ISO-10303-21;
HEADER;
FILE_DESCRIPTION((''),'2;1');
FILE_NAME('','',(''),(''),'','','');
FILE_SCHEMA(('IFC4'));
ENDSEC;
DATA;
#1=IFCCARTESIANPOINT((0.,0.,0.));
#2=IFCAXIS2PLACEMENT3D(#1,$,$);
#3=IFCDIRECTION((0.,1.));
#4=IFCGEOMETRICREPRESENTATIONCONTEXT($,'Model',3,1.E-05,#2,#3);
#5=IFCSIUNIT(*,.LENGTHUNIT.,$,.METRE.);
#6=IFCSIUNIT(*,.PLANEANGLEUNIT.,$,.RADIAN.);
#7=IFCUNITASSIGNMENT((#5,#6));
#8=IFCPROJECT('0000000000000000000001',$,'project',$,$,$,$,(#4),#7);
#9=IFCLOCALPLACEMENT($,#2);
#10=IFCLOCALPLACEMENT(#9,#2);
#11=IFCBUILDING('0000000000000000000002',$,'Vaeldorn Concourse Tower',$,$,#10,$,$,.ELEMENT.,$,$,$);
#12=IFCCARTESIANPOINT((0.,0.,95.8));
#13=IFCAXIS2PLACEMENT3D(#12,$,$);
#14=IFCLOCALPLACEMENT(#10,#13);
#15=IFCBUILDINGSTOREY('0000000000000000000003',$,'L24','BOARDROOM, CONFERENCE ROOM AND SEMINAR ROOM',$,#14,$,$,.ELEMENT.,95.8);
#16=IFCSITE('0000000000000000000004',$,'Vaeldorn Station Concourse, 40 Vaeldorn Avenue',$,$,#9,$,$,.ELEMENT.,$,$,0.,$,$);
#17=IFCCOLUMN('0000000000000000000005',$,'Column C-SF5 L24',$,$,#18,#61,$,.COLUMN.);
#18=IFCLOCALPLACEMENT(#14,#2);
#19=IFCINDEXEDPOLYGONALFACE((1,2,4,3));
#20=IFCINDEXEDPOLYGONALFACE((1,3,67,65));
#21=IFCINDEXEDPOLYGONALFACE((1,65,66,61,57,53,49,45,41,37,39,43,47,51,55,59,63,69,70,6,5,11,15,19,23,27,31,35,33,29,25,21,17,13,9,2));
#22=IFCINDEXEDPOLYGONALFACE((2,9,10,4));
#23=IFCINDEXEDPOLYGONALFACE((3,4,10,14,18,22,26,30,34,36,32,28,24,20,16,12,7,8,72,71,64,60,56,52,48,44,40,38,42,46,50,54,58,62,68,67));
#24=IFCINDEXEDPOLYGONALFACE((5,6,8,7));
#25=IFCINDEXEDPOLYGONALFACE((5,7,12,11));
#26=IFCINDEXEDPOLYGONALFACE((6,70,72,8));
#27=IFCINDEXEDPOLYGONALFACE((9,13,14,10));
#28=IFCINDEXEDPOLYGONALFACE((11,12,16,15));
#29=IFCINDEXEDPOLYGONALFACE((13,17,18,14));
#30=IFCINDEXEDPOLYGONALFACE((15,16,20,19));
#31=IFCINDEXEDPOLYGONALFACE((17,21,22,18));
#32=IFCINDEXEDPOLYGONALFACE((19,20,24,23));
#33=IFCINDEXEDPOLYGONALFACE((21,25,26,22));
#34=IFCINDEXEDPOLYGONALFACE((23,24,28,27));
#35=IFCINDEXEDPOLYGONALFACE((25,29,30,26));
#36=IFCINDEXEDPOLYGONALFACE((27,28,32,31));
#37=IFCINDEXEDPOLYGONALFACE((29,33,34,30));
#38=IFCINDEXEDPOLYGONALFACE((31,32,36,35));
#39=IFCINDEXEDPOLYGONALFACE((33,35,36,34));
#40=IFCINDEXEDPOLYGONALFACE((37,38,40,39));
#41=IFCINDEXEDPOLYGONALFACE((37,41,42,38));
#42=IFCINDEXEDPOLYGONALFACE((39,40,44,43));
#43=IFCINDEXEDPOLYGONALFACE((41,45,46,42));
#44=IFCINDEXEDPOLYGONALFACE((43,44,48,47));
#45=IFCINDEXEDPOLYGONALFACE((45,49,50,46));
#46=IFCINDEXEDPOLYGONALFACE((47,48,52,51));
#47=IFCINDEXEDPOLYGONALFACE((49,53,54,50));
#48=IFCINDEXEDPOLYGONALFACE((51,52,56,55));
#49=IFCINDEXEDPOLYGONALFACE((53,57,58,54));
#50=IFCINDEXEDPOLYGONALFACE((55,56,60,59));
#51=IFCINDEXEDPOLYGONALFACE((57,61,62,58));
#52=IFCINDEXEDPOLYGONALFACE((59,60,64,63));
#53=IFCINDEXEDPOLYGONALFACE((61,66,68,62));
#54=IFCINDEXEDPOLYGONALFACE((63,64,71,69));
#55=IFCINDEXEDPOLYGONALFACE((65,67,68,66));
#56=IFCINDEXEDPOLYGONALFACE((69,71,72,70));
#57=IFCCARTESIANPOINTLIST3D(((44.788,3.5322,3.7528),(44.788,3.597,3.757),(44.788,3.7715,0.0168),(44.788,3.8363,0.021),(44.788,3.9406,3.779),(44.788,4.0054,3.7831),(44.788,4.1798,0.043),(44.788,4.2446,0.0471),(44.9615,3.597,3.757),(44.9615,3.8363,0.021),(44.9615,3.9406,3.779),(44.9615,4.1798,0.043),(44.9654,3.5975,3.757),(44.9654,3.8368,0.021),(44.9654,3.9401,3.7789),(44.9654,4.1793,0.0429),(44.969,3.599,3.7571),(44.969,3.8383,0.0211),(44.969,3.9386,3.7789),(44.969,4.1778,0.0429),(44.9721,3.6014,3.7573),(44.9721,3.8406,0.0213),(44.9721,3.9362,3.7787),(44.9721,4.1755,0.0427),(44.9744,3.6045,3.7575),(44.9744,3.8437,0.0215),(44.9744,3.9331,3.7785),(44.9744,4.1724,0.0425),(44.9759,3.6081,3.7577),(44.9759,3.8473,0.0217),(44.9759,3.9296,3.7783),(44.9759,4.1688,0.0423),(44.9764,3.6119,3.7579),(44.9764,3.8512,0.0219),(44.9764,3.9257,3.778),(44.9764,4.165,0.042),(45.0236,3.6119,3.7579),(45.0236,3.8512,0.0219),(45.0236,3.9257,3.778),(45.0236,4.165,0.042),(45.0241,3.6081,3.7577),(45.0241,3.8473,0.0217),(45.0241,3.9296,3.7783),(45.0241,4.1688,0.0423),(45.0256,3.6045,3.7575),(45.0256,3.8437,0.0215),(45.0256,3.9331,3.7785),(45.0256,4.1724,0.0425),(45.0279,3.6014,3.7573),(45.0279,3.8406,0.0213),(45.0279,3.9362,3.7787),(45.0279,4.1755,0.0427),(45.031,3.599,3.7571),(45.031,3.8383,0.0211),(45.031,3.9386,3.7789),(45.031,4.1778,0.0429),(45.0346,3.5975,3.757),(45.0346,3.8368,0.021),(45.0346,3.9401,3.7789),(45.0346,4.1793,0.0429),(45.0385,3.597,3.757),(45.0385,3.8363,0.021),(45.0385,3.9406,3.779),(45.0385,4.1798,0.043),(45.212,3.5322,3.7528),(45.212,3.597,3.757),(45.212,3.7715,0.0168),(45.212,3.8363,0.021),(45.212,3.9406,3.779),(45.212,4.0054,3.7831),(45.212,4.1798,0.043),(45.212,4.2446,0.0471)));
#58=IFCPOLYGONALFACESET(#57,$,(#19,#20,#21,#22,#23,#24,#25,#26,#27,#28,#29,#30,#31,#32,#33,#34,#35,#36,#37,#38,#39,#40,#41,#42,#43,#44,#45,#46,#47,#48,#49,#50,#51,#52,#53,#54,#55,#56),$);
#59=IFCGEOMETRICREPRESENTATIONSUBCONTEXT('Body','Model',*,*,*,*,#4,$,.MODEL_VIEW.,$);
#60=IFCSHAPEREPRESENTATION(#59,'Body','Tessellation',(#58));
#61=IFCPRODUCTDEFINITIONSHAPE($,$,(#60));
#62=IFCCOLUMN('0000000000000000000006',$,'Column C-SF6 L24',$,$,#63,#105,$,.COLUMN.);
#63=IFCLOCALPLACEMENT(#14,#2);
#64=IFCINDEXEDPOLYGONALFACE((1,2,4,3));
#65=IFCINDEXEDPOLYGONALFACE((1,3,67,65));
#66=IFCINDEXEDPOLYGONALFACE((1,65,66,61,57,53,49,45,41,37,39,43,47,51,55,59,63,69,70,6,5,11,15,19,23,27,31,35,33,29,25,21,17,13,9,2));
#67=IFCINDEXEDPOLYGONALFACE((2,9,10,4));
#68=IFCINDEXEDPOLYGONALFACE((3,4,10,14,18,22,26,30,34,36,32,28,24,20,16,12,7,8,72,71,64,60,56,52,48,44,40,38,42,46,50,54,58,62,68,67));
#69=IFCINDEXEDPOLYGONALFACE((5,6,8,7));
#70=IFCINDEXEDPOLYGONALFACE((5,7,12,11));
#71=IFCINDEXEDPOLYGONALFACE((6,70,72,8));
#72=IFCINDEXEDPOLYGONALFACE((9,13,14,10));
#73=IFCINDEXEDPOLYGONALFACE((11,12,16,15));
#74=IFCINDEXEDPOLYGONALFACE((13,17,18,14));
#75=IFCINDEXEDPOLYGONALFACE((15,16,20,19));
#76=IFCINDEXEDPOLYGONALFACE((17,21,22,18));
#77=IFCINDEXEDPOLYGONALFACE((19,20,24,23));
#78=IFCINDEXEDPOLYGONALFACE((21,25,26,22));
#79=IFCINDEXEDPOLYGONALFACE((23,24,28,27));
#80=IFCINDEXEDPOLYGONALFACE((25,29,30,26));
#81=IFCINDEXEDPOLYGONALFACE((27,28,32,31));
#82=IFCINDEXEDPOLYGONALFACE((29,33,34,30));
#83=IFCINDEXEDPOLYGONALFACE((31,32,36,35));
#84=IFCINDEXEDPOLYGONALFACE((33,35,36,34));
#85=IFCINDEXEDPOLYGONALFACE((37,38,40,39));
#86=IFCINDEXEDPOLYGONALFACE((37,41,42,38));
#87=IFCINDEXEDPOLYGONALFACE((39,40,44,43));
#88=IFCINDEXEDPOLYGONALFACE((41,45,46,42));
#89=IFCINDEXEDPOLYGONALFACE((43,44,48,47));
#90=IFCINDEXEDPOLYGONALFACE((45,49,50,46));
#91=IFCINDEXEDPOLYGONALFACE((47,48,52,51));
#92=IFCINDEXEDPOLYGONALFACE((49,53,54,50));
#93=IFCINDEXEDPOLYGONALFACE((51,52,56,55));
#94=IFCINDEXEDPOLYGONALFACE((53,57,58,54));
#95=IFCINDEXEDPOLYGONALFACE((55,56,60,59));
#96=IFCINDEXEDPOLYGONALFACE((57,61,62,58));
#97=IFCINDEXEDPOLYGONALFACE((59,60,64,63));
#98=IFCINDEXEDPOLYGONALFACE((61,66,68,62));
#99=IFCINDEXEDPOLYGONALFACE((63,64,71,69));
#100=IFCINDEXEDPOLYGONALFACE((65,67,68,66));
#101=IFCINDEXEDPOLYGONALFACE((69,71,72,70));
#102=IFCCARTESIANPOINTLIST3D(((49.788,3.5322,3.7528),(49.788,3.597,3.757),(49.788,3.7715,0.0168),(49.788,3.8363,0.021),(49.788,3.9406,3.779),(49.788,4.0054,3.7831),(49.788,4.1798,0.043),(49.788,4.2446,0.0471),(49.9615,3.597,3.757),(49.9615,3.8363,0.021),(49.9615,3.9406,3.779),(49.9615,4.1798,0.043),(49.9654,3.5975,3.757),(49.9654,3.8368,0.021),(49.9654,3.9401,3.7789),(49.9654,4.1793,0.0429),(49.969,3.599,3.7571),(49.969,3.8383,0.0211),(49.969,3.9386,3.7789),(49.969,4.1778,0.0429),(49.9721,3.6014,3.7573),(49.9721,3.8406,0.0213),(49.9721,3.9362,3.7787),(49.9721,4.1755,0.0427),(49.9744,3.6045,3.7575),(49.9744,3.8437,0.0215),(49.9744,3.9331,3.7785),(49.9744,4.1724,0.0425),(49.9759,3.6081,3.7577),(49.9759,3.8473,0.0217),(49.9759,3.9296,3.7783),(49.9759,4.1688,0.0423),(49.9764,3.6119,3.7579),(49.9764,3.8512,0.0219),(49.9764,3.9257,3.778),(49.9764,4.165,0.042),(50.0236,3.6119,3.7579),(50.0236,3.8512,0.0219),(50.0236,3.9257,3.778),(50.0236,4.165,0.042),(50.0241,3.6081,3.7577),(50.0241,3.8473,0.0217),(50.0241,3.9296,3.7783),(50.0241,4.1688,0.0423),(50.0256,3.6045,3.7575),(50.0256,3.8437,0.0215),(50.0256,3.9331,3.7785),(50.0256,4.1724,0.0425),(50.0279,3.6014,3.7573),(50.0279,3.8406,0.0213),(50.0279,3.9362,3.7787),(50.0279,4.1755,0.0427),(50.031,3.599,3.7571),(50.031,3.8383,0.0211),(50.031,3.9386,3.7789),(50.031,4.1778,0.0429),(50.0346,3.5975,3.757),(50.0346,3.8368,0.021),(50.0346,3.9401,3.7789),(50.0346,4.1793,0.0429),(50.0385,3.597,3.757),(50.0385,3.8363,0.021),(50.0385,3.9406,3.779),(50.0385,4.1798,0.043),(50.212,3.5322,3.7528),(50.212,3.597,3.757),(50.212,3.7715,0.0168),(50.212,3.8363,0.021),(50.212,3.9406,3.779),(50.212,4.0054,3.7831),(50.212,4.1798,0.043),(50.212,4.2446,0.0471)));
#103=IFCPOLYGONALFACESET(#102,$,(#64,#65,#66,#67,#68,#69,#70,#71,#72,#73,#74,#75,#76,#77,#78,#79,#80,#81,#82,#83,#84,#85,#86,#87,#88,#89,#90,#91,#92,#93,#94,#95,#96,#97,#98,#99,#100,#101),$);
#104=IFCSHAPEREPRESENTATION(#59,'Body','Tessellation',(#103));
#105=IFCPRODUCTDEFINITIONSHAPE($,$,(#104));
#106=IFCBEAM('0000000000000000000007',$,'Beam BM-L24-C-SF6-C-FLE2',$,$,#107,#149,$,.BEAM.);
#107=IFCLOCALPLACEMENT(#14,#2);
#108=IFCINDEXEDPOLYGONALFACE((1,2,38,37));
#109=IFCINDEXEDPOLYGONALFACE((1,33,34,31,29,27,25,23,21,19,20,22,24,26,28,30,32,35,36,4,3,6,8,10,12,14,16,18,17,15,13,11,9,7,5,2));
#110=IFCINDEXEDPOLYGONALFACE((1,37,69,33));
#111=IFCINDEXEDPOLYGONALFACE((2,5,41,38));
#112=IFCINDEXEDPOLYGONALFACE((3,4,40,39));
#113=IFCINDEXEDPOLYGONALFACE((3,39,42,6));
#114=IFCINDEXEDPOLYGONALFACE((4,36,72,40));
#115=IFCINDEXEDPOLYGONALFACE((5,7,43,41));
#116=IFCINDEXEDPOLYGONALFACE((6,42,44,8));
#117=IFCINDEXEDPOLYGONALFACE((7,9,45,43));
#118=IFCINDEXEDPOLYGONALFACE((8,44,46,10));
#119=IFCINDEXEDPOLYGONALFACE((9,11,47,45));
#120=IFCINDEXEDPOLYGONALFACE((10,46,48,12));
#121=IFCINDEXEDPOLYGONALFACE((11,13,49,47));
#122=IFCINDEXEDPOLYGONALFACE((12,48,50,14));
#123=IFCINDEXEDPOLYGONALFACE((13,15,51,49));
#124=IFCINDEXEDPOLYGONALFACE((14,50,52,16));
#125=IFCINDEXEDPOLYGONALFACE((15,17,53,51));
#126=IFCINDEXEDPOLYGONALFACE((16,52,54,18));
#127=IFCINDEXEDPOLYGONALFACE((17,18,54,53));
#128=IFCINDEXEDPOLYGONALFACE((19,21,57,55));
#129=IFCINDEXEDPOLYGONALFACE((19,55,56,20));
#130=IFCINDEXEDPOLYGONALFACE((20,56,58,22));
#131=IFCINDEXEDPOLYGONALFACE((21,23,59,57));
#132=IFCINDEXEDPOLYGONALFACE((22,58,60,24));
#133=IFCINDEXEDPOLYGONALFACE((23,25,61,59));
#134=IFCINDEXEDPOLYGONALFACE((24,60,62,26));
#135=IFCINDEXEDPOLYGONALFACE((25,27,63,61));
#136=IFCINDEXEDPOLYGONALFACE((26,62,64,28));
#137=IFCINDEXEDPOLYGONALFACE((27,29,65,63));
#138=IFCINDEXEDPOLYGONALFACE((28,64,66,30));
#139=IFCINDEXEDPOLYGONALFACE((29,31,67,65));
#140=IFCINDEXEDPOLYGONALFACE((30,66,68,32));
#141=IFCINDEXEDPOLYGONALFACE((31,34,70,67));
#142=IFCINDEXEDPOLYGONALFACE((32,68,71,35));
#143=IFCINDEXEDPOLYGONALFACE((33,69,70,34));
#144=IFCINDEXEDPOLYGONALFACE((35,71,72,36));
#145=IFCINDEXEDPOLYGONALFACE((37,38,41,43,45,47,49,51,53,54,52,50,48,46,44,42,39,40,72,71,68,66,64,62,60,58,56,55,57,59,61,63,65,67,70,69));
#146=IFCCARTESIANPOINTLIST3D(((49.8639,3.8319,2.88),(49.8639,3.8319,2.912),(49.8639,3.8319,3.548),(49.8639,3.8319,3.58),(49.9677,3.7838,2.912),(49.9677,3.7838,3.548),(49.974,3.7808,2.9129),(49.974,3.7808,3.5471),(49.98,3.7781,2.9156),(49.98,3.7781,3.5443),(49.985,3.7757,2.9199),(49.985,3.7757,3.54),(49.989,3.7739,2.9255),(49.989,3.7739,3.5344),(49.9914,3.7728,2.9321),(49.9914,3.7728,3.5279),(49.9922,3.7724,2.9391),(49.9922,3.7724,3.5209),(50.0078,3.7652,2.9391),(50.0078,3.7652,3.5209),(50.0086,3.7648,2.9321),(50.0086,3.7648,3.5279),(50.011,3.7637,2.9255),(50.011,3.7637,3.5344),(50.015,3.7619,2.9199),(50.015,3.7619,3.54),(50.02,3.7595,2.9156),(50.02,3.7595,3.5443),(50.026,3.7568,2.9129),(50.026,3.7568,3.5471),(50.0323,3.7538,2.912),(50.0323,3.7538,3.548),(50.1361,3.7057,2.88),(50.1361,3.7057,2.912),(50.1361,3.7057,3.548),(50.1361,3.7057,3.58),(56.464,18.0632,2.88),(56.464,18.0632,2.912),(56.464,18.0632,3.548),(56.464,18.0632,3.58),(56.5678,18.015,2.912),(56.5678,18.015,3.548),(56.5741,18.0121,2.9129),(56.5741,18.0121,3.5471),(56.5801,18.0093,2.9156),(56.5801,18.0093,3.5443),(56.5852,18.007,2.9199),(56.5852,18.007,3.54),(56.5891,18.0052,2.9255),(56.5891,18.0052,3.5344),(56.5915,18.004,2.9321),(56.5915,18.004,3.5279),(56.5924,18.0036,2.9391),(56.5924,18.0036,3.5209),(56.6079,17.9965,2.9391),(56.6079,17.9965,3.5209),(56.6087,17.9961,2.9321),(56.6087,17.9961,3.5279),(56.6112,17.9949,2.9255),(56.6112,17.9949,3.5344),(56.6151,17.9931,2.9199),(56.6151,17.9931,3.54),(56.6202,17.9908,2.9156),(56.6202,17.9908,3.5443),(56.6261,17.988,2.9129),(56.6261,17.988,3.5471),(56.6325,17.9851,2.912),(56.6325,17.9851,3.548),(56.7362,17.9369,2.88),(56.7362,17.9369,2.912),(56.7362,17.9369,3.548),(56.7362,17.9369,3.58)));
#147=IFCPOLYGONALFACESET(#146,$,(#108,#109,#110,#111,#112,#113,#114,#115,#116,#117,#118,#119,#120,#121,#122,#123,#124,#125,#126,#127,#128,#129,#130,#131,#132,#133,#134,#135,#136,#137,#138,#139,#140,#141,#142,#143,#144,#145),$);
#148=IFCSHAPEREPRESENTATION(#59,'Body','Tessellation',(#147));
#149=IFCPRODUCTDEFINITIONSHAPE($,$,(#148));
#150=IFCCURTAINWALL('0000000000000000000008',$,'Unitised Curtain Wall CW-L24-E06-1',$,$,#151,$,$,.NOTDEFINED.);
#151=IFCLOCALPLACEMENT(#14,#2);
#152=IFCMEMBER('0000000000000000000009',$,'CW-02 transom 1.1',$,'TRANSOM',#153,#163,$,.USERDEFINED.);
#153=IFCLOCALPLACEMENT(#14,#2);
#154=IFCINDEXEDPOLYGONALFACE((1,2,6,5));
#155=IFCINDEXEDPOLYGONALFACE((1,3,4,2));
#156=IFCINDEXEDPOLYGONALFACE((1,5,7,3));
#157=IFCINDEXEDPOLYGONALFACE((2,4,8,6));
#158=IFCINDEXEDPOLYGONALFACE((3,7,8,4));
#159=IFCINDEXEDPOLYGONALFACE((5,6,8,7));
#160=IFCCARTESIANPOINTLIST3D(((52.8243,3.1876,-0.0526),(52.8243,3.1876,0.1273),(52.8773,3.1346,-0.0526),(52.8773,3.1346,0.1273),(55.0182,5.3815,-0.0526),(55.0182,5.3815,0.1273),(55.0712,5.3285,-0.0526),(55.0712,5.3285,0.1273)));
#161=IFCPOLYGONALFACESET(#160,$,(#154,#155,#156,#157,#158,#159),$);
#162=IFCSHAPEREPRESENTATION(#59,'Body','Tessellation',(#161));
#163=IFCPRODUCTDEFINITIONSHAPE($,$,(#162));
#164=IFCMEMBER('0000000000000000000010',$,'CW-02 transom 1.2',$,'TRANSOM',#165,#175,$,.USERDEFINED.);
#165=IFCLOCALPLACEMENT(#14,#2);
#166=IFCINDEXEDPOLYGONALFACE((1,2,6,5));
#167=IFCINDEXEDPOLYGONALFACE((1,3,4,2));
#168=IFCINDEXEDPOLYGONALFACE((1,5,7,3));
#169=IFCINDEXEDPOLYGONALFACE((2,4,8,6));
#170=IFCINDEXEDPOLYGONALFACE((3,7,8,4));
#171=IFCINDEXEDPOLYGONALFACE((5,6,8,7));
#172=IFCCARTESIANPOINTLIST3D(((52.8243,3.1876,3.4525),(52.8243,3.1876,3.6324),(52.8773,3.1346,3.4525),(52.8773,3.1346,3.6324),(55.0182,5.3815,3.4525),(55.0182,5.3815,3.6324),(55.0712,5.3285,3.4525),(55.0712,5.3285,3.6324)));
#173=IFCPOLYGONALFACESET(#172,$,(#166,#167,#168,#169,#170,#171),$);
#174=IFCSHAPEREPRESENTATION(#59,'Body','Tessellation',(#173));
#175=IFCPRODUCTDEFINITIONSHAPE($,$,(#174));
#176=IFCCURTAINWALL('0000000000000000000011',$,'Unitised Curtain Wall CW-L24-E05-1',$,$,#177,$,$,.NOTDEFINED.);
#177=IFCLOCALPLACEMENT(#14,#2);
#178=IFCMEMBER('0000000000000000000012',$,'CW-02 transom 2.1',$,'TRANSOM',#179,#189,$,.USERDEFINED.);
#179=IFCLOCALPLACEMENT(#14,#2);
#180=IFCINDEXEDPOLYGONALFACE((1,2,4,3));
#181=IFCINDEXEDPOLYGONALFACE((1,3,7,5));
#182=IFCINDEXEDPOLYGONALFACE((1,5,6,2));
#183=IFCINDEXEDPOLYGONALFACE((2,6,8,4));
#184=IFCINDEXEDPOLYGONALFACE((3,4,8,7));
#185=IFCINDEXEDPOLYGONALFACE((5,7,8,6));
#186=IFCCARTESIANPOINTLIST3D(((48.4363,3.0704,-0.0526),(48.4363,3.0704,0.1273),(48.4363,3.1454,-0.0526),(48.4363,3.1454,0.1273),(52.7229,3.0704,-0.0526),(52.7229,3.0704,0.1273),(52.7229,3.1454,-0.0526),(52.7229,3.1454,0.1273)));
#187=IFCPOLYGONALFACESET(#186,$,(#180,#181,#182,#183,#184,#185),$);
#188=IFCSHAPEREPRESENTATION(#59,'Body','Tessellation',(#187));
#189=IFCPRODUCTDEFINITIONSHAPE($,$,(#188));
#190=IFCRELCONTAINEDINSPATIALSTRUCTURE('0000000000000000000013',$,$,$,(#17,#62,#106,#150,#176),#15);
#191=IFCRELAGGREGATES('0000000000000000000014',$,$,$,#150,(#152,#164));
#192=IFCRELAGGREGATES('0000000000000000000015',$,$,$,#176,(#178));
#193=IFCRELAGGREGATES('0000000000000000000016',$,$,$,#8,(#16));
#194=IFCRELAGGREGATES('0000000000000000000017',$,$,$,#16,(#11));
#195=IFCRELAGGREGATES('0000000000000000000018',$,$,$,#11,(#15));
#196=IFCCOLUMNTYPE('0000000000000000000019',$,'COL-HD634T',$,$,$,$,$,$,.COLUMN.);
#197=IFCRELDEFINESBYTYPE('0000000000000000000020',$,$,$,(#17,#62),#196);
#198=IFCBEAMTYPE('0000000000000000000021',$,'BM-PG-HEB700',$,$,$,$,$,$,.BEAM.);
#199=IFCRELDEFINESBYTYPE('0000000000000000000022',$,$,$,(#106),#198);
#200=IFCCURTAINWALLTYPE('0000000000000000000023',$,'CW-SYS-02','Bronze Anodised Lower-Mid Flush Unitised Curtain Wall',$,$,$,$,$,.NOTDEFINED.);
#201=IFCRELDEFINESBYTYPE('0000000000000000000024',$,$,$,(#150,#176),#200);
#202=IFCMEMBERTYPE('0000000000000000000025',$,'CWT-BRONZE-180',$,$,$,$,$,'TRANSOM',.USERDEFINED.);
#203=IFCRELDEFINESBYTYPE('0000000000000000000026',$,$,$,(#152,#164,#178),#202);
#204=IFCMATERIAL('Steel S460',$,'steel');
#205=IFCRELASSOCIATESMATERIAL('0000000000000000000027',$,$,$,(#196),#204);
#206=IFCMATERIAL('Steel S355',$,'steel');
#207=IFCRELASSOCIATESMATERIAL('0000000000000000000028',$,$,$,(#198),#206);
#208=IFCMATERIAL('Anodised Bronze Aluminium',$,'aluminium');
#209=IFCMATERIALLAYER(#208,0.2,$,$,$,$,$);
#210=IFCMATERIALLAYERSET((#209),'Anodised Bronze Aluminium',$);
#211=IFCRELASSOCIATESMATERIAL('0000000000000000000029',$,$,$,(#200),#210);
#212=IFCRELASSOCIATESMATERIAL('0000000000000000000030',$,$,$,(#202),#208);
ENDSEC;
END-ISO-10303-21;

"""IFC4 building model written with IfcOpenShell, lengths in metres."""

from ifc_helpers import new_model, si_unit, direction, frame, origin, origin_2d, place, context, subcontext, project, spatial, rectangle, i_section, extrude, source, transform, mapped, material, layer, layer_set, material_profile, profile_set, type_object, element, aggregate, save


model = new_model("IFC4")

# Units and contexts
model_context = context("Model", 3, precision=1e-05, world=origin(), true_north=direction((0.0, 1.0)))
body_context = subcontext(model_context, "Body", "Model", "MODEL_VIEW")
ifc_project = project(units=[si_unit("LENGTHUNIT", "METRE"), si_unit("PLANEANGLEUNIT", "RADIAN")], contexts=[model_context])

# Site, building, storey
site_placement = place(None, origin())
site = spatial("IfcSite", under=ifc_project, at=site_placement, Name="Vaeldorn Station Concourse, 40 Vaeldorn Avenue", CompositionType="ELEMENT", RefElevation=0.0)
building_placement = place(site_placement, origin())
building = spatial("IfcBuilding", under=site, at=building_placement, Name="Vaeldorn Concourse Tower", CompositionType="ELEMENT")
storey_placement = place(building_placement, frame((0.0, 0.0, 95.8)))
storey = spatial("IfcBuildingStorey", under=building, at=storey_placement, Name="L24", Description="BOARDROOM, CONFERENCE ROOM AND SEMINAR ROOM", CompositionType="ELEMENT", Elevation=95.8)

# Columns
ifc_material_1 = material(Name="Steel S460", Category="steel")
ifc_material_profile_1 = material_profile(ifc_material_1, i_section(OverallWidth=0.4241, OverallDepth=0.4741, WebThickness=0.0471, FlangeThickness=0.0649, FilletRadius=0.0149, at=origin_2d()), Name="HD 400x634")
ifc_profile_set_1 = profile_set([ifc_material_profile_1], Name="Steel S460")
column_type = type_object("IfcColumnType", Name="COL-HD634T", PredefinedType="COLUMN", material=ifc_profile_set_1)
shared_shape_1 = source(origin(), body_context, "Body", "SweptSolid", [
    extrude(i_section(OverallWidth=0.4241, OverallDepth=0.4741, WebThickness=0.0471, FlangeThickness=0.0649, FilletRadius=0.0149, at=origin_2d()), origin(), (0.0, 0.0, 1.0), 3.7437),
])
for number, where, z_axis, x_axis, name in (
    (1, (45.0, 4.0081, 0.032), (0.0, -0.063909, 0.997956), (1.0, 0.0, 0.0), "Column C-SF5 L24"),
    (2, (50.0, 4.0081, 0.032), (0.0, -0.063909, 0.997956), (1.0, 0.0, 0.0), "Column C-SF6 L24"),
):
    element("IfcColumn", number, at=place(storey_placement, frame(where, z_axis=z_axis, x_axis=x_axis)), inside=storey, type_object=column_type, Name=name, PredefinedType="COLUMN", context=body_context, shape_type="MappedRepresentation", body=[
        mapped(shared_shape_1, transform((0.0, 0.0, 0.0), scale=1.0)),
    ])

# Beam
ifc_material_2 = material(Name="Steel S355", Category="steel")
ifc_material_profile_2 = material_profile(ifc_material_2, i_section(OverallWidth=0.3, OverallDepth=0.7, WebThickness=0.0171, FlangeThickness=0.032, FilletRadius=0.0271, at=origin_2d()), Name="HEB 700")
ifc_profile_set_2 = profile_set([ifc_material_profile_2], Name="Steel S355")
beam_type = type_object("IfcBeamType", Name="BM-PG-HEB700", PredefinedType="BEAM", material=ifc_profile_set_2)
shared_shape_2 = source(origin(), body_context, "Body", "SweptSolid", [
    extrude(i_section(OverallWidth=0.3, OverallDepth=0.7, WebThickness=0.0171, FlangeThickness=0.032, FilletRadius=0.0271, at=origin_2d()), origin(), (0.0, 0.0, 1.0), 15.6873),
])
beam_placement = place(storey_placement, frame((50.0, 3.7688, 3.23), z_axis=(0.420731, 0.907185, 0.0), x_axis=(-0.907185, 0.420731, 0.0)))
element("IfcBeam", 3, at=beam_placement, inside=storey, type_object=beam_type, Name="Beam BM-L24-C-SF6-C-FLE2", PredefinedType="BEAM", context=body_context, shape_type="MappedRepresentation", body=[
    mapped(shared_shape_2, transform((0.0, 0.0, 0.0), scale=1.0)),
])

# Curtain walls, members
ifc_material_3 = material(Name="Anodised Bronze Aluminium", Category="aluminium")
ifc_layer_1 = layer(ifc_material_3, 0.2)
ifc_layer_set_1 = layer_set([ifc_layer_1], Name="Anodised Bronze Aluminium")
curtain_wall_type = type_object("IfcCurtainWallType", Name="CW-SYS-02", Description="Bronze Anodised Lower-Mid Flush Unitised Curtain Wall", PredefinedType="NOTDEFINED", material=ifc_layer_set_1)
curtain_wall_1_placement = place(storey_placement, origin())
curtain_wall_1 = element("IfcCurtainWall", 4, at=curtain_wall_1_placement, inside=storey, type_object=curtain_wall_type, Name="Unitised Curtain Wall CW-L24-E06-1", PredefinedType="NOTDEFINED")
ifc_material_profile_3 = material_profile(ifc_material_3, rectangle(XDim=0.075, YDim=0.1799, at=origin_2d()), Name="CWT 75x180")
ifc_profile_set_3 = profile_set([ifc_material_profile_3], Name="Anodised Bronze Aluminium")
member_type_1 = type_object("IfcMemberType", Name="CWT-BRONZE-180", ElementType="TRANSOM", PredefinedType="USERDEFINED", material=ifc_profile_set_3)
shared_shape_3 = source(origin(), body_context, "Body", "SweptSolid", [
    extrude(rectangle(XDim=0.075, YDim=0.1799, at=origin_2d()), origin(), (0.0, 0.0, 1.0), 3.1025),
])
member_1_placement = place(storey_placement, frame((52.8508, 3.1611, 0.0374), z_axis=(0.707107, 0.707107, 0.0), x_axis=(-0.707107, 0.707107, 0.0)))
member_1 = element("IfcMember", 5, at=member_1_placement, type_object=member_type_1, Name="CW-02 transom 1.1", ObjectType="TRANSOM", PredefinedType="USERDEFINED", context=body_context, shape_type="MappedRepresentation", body=[
    mapped(shared_shape_3, transform((0.0, 0.0, 0.0), scale=1.0)),
])
member_2_placement = place(storey_placement, frame((52.8508, 3.1611, 3.5425), z_axis=(0.707107, 0.707107, 0.0), x_axis=(-0.707107, 0.707107, 0.0)))
member_2 = element("IfcMember", 6, at=member_2_placement, type_object=member_type_1, Name="CW-02 transom 1.2", ObjectType="TRANSOM", PredefinedType="USERDEFINED", context=body_context, shape_type="MappedRepresentation", body=[
    mapped(shared_shape_3, transform((0.0, 0.0, 0.0), scale=1.0)),
])
curtain_wall_2_placement = place(storey_placement, origin())
curtain_wall_2 = element("IfcCurtainWall", 7, at=curtain_wall_2_placement, inside=storey, type_object=curtain_wall_type, Name="Unitised Curtain Wall CW-L24-E05-1", PredefinedType="NOTDEFINED")
shared_shape_4 = source(origin(), body_context, "Body", "SweptSolid", [
    extrude(rectangle(XDim=0.075, YDim=0.1799, at=origin_2d()), origin(), (0.0, 0.0, 1.0), 4.2866),
])
member_3_placement = place(storey_placement, frame((48.4363, 3.1079, 0.0374), z_axis=(1.0, 0.0, 0.0), x_axis=(0.0, 1.0, 0.0)))
member_3 = element("IfcMember", 8, at=member_3_placement, type_object=member_type_1, Name="CW-02 transom 2.1", ObjectType="TRANSOM", PredefinedType="USERDEFINED", context=body_context, shape_type="MappedRepresentation", body=[
    mapped(shared_shape_4, transform((0.0, 0.0, 0.0), scale=1.0)),
])

aggregate(curtain_wall_1, [member_1, member_2])
aggregate(curtain_wall_2, [member_3])

save(model, "model.ifc")
